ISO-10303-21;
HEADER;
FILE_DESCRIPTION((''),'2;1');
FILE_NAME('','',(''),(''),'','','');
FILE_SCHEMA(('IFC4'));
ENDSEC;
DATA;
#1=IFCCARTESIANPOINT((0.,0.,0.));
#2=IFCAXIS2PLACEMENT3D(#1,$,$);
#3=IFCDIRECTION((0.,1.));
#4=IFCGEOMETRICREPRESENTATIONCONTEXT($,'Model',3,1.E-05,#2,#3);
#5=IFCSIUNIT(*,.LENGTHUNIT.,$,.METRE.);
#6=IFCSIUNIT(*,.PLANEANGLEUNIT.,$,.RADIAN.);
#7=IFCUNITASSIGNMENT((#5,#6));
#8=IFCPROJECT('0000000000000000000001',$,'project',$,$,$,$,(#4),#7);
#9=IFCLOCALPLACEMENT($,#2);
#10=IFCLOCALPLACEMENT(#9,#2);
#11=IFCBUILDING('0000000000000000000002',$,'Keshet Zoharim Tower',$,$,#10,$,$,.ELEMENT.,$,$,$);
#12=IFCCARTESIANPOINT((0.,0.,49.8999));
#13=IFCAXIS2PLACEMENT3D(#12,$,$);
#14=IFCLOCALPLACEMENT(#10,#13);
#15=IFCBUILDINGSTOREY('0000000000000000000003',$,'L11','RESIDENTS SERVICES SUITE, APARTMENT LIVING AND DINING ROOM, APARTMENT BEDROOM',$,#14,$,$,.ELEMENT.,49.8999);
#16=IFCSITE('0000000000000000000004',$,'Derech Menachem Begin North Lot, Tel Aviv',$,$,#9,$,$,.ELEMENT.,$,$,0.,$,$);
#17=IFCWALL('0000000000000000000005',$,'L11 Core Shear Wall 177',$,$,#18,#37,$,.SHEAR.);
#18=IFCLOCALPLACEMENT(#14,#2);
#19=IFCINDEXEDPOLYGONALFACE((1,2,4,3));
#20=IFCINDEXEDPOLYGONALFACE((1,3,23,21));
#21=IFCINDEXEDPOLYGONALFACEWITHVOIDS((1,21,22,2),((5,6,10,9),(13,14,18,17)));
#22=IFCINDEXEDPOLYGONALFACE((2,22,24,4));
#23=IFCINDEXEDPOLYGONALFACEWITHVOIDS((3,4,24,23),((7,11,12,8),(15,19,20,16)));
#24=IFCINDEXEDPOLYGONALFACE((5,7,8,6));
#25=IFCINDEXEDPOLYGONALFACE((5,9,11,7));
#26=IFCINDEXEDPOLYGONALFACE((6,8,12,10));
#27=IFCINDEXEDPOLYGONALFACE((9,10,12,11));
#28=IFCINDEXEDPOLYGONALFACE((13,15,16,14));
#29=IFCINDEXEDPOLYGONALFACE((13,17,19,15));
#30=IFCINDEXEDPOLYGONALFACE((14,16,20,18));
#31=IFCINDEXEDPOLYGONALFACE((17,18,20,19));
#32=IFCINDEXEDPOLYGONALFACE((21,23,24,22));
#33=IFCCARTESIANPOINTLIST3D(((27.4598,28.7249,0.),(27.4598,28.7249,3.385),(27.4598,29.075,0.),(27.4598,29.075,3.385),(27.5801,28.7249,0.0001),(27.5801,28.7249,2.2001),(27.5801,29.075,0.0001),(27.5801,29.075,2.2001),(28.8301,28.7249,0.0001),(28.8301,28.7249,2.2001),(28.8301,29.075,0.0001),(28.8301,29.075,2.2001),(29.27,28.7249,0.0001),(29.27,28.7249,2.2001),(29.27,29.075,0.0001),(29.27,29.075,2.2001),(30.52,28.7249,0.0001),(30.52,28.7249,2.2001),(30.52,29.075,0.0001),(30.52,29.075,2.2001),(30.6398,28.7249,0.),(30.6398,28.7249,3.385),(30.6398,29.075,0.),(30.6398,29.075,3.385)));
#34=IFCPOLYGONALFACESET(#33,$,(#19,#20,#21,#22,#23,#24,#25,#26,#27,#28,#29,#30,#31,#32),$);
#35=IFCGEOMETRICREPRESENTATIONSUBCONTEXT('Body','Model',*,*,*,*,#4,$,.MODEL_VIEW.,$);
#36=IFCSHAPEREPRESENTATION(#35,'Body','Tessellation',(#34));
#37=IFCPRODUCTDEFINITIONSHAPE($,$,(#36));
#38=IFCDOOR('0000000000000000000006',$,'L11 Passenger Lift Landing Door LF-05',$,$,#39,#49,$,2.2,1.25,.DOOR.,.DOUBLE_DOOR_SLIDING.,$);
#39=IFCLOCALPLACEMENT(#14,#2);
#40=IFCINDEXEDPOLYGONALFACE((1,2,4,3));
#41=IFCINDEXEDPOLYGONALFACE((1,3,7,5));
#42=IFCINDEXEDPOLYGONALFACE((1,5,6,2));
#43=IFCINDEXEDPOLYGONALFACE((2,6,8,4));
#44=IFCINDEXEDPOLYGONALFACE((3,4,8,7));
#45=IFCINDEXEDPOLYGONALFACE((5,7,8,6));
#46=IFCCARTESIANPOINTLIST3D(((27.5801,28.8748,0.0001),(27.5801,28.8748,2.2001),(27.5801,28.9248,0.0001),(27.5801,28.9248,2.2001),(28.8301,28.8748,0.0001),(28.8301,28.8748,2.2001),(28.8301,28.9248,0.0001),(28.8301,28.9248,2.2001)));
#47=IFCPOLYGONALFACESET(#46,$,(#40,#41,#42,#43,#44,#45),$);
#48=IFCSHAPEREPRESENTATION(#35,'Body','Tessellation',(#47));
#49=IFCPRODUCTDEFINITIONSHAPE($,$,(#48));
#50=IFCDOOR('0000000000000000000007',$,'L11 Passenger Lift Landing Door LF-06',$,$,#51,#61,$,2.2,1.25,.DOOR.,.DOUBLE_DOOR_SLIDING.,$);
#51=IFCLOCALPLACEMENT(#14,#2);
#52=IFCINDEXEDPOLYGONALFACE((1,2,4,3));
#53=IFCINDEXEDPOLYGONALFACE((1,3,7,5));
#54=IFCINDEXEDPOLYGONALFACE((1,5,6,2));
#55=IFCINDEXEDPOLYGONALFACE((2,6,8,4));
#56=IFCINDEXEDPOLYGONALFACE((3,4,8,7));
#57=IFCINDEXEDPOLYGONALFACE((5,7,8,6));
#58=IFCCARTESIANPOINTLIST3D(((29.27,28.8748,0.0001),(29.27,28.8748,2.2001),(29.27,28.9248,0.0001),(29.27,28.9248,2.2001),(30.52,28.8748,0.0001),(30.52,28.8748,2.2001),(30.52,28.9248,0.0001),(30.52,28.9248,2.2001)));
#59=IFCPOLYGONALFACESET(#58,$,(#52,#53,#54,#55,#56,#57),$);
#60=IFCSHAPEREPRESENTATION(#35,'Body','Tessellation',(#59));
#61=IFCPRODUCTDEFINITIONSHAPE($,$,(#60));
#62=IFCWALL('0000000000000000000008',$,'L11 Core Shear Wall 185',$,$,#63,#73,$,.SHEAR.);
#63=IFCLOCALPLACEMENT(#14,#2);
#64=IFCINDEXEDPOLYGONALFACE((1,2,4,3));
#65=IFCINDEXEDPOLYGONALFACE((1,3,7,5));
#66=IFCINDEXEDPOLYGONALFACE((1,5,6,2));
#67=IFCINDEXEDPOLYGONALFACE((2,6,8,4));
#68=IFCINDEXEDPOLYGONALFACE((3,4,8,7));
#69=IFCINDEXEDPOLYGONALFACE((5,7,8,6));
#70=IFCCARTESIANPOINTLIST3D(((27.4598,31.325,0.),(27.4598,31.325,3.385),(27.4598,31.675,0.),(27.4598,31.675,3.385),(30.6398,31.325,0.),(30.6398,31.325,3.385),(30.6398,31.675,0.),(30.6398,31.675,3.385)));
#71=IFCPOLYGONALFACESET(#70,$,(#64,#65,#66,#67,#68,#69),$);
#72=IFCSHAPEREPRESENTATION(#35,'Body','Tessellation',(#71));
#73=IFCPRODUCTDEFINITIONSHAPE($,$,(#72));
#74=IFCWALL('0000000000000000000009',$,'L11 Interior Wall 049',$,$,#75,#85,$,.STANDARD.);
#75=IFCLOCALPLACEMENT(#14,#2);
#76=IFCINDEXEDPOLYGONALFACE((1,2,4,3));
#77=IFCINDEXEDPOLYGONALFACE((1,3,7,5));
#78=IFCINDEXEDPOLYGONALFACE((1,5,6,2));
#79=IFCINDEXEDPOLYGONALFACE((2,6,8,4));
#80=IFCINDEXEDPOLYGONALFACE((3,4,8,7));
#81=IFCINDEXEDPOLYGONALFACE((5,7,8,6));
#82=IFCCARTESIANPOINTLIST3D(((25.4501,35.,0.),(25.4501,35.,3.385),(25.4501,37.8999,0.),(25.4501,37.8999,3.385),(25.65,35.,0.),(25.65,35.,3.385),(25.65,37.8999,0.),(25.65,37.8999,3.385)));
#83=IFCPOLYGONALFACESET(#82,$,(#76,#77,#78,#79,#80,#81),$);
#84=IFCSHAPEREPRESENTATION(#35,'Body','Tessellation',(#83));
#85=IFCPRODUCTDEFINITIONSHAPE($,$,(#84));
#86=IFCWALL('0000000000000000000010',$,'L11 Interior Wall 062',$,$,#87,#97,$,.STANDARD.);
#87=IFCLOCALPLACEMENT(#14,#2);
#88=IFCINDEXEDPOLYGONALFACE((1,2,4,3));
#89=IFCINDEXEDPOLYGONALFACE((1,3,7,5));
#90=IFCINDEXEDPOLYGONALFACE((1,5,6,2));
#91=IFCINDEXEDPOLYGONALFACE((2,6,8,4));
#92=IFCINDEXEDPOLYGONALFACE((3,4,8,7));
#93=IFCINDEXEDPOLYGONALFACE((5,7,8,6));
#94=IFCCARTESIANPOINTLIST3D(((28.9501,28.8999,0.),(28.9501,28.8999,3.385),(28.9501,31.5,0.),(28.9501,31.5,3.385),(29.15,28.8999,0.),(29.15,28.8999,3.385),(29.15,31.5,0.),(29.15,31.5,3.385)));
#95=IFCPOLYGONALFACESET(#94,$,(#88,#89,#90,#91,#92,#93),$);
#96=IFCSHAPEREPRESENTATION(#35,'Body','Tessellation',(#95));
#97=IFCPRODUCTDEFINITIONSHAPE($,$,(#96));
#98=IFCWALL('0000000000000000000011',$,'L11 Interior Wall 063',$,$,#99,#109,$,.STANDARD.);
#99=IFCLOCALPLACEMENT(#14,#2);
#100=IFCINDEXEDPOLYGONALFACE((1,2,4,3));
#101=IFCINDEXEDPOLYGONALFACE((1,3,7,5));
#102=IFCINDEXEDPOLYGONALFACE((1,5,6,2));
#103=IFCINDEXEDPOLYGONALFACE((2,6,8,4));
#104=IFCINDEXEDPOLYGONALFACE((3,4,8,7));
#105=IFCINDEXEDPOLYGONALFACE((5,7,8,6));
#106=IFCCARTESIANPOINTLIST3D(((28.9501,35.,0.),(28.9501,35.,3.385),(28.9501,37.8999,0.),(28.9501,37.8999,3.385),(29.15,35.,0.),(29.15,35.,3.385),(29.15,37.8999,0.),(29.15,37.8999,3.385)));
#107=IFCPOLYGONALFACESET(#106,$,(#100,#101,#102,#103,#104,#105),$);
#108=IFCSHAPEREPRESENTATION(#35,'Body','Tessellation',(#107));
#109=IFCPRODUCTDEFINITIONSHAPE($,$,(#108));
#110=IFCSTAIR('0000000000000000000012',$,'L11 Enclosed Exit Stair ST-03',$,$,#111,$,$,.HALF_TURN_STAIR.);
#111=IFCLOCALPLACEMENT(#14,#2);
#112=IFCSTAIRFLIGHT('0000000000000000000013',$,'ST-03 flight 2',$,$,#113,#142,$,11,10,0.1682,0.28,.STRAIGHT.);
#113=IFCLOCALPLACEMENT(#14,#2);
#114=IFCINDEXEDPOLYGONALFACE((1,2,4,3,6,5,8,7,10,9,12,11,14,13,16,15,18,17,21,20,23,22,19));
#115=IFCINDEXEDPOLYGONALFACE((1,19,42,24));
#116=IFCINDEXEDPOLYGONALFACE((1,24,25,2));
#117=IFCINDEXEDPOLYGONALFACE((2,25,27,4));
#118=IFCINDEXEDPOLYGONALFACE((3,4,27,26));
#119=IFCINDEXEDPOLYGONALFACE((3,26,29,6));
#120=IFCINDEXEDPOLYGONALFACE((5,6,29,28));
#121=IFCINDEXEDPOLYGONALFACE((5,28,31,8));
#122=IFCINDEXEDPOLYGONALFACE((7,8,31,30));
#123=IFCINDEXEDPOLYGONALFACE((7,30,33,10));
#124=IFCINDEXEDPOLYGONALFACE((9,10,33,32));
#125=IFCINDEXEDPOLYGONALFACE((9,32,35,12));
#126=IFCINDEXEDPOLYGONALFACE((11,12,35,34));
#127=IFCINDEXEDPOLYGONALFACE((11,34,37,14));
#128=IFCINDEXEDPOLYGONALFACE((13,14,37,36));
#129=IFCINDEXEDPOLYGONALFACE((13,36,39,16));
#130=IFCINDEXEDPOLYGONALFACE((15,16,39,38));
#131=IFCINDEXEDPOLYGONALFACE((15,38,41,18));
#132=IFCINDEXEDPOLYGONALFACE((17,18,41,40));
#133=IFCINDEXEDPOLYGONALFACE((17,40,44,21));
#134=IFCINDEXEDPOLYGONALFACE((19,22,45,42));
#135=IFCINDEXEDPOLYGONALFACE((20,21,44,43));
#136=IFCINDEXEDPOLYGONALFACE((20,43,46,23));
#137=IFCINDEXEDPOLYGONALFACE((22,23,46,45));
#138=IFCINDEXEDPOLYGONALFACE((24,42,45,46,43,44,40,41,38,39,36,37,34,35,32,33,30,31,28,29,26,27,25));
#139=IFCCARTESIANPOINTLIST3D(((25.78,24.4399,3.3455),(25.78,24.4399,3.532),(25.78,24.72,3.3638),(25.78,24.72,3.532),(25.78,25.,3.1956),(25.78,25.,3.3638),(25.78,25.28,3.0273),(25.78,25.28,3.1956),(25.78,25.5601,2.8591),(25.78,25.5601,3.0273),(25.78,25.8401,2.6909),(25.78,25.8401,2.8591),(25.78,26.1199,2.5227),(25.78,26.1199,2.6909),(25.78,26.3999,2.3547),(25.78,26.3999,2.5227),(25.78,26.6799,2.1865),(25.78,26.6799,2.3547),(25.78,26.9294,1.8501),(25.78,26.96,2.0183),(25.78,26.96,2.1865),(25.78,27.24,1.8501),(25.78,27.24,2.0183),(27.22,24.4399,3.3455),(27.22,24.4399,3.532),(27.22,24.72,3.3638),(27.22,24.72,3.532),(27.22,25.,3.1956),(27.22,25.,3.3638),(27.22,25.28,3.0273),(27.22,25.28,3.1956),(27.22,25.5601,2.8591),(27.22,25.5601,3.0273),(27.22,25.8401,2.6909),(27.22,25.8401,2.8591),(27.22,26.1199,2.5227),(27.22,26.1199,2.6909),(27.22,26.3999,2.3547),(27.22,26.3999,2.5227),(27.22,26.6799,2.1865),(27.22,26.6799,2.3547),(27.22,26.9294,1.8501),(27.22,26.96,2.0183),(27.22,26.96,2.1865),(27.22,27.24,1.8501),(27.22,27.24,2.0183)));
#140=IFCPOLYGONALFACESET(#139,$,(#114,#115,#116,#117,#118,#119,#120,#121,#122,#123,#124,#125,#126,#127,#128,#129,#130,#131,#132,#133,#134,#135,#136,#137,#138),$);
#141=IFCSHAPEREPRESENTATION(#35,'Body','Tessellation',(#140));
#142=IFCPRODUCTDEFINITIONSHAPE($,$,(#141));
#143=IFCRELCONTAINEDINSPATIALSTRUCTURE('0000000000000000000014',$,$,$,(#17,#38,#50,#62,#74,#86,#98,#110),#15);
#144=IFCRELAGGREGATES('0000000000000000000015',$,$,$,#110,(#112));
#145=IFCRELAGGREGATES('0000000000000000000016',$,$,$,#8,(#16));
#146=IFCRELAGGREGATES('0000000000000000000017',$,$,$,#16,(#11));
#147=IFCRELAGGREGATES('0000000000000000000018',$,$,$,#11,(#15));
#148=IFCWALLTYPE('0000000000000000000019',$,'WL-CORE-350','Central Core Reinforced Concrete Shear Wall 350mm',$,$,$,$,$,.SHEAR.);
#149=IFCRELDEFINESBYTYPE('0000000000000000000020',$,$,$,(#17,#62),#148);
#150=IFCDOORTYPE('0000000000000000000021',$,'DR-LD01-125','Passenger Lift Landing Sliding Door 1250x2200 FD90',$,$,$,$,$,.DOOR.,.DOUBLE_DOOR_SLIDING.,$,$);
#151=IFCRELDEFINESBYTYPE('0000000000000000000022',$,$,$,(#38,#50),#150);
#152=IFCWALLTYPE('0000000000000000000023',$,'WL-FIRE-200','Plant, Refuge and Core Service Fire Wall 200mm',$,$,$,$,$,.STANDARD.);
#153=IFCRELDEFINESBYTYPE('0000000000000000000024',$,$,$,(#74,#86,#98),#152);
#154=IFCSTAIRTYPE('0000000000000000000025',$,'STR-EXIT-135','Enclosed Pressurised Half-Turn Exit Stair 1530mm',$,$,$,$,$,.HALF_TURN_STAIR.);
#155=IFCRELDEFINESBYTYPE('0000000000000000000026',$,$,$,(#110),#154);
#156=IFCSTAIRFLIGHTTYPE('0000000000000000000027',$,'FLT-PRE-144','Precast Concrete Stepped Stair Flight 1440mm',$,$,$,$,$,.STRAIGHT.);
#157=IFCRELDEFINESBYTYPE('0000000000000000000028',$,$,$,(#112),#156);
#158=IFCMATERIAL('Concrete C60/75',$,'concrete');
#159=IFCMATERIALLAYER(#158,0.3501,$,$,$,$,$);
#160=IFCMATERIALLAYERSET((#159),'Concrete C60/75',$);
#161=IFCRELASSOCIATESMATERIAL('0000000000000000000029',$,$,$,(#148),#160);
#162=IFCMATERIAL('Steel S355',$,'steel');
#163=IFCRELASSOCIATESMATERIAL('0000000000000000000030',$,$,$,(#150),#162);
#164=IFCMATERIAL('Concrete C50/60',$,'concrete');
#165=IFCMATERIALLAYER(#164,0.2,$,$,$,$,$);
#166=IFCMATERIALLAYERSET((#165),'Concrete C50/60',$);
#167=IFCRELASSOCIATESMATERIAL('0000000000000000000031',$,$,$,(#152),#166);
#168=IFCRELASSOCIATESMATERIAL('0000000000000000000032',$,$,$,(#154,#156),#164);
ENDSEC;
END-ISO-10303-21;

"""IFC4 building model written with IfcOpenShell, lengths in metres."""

from ifc_helpers import new_model, si_unit, direction, frame, frame_2d, origin, place, context, subcontext, project, spatial, polyline, rectangle, outline, extrude, material, layer, layer_set, type_object, element, fill, aggregate, save


model = new_model("IFC4")

# Units and contexts
model_context = context("Model", 3, precision=1e-05, world=origin(), true_north=direction((0.0, 1.0)))
body_context = subcontext(model_context, "Body", "Model", "MODEL_VIEW")
ifc_project = project(units=[si_unit("LENGTHUNIT", "METRE"), si_unit("PLANEANGLEUNIT", "RADIAN")], contexts=[model_context])

# Site, building, storey
site_placement = place(None, origin())
site = spatial("IfcSite", under=ifc_project, at=site_placement, Name="Derech Menachem Begin North Lot, Tel Aviv", CompositionType="ELEMENT", RefElevation=0.0)
building_placement = place(site_placement, origin())
building = spatial("IfcBuilding", under=site, at=building_placement, Name="Keshet Zoharim Tower", CompositionType="ELEMENT")
storey_placement = place(building_placement, frame((0.0, 0.0, 49.8999)))
storey = spatial("IfcBuildingStorey", under=building, at=storey_placement, Name="L11", Description="RESIDENTS SERVICES SUITE, APARTMENT LIVING AND DINING ROOM, APARTMENT BEDROOM", CompositionType="ELEMENT", Elevation=49.8999)

# Shared definitions
ifc_material_1 = material(Name="Concrete C60/75", Category="concrete")

# Shared definitions
ifc_material_2 = material(Name="Steel S355", Category="steel")

# Shared definitions
ifc_layer_1 = layer(ifc_material_1, 0.3501)
ifc_layer_set_1 = layer_set([ifc_layer_1], Name="Concrete C60/75")
wall_type_1 = type_object("IfcWallType", Name="WL-CORE-350", Description="Central Core Reinforced Concrete Shear Wall 350mm", PredefinedType="SHEAR", material=ifc_layer_set_1)

# Wall, openings, doors
wall_1_placement = place(storey_placement, frame((27.46, 28.8999, 0.0), z_axis=(0.0, 0.0, 1.0), x_axis=(1.0, 0.0, 0.0)))
wall_1 = element("IfcWall", 1, at=wall_1_placement, inside=storey, type_object=wall_type_1, Name="L11 Core Shear Wall 177", PredefinedType="SHEAR", context=body_context, shape_type="SweptSolid", body=[
    extrude(rectangle(XDim=3.1799, YDim=0.3501, at=frame_2d((1.5898, 0.0))), origin(), (0.0, 0.0, 1.0), 3.385),
])
opening_1_placement = place(wall_1_placement, frame((0.1201, 0.0, 0.0)))
opening_1 = element("IfcOpeningElement", 2, at=opening_1_placement, cuts=wall_1, PredefinedType="OPENING", context=body_context, shape_type="SweptSolid", body=[
    extrude(rectangle(XDim=1.25, YDim=2.2, at=frame_2d((0.625, 1.1001))), frame((0.0, 0.1851, 0.0), z_axis=(0.0, -1.0, 0.0), x_axis=(1.0, 0.0, 0.0)), (0.0, 0.0, 1.0), 0.3701),
])
opening_2_placement = place(wall_1_placement, frame((1.8101, 0.0, 0.0)))
opening_2 = element("IfcOpeningElement", 3, at=opening_2_placement, cuts=wall_1, PredefinedType="OPENING", context=body_context, shape_type="SweptSolid", body=[
    extrude(rectangle(XDim=1.25, YDim=2.2, at=frame_2d((0.625, 1.1001))), frame((0.0, 0.1851, 0.0), z_axis=(0.0, -1.0, 0.0), x_axis=(1.0, 0.0, 0.0)), (0.0, 0.0, 1.0), 0.3701),
])
door_type_1 = type_object("IfcDoorType", Name="DR-LD01-125", Description="Passenger Lift Landing Sliding Door 1250x2200 FD90", OperationType="DOUBLE_DOOR_SLIDING", PredefinedType="DOOR", material=ifc_material_2)
door_1_placement = place(opening_1_placement, origin())
door_1 = element("IfcDoor", 4, at=door_1_placement, inside=storey, type_object=door_type_1, Name="L11 Passenger Lift Landing Door LF-05", OperationType="DOUBLE_DOOR_SLIDING", OverallHeight=2.2, OverallWidth=1.25, PredefinedType="DOOR", context=body_context, shape_type="SweptSolid", body=[
    extrude(rectangle(XDim=1.25, YDim=2.2, at=frame_2d((0.625, 1.1001))), frame((0.0, 0.0249, 0.0), z_axis=(0.0, -1.0, 0.0), x_axis=(1.0, 0.0, 0.0)), (0.0, 0.0, 1.0), 0.05),
])
fill(opening_1, door_1)
door_2_placement = place(opening_2_placement, origin())
door_2 = element("IfcDoor", 5, at=door_2_placement, inside=storey, type_object=door_type_1, Name="L11 Passenger Lift Landing Door LF-06", OperationType="DOUBLE_DOOR_SLIDING", OverallHeight=2.2, OverallWidth=1.25, PredefinedType="DOOR", context=body_context, shape_type="SweptSolid", body=[
    extrude(rectangle(XDim=1.25, YDim=2.2, at=frame_2d((0.625, 1.1001))), frame((0.0, 0.0249, 0.0), z_axis=(0.0, -1.0, 0.0), x_axis=(1.0, 0.0, 0.0)), (0.0, 0.0, 1.0), 0.05),
])
fill(opening_2, door_2)

# Walls
wall_2_placement = place(storey_placement, frame((27.46, 31.5, 0.0), z_axis=(0.0, 0.0, 1.0), x_axis=(1.0, 0.0, 0.0)))
element("IfcWall", 6, at=wall_2_placement, inside=storey, type_object=wall_type_1, Name="L11 Core Shear Wall 185", PredefinedType="SHEAR", context=body_context, shape_type="SweptSolid", body=[
    extrude(rectangle(XDim=3.1799, YDim=0.3501, at=frame_2d((1.5898, 0.0))), origin(), (0.0, 0.0, 1.0), 3.385),
])
ifc_material_3 = material(Name="Concrete C50/60", Category="concrete")
ifc_layer_2 = layer(ifc_material_3, 0.2)
ifc_layer_set_2 = layer_set([ifc_layer_2], Name="Concrete C50/60")
wall_type_2 = type_object("IfcWallType", Name="WL-FIRE-200", Description="Plant, Refuge and Core Service Fire Wall 200mm", PredefinedType="STANDARD", material=ifc_layer_set_2)
wall_3_placement = place(storey_placement, frame((25.55, 35.0, 0.0), z_axis=(0.0, 0.0, 1.0), x_axis=(0.0, 1.0, 0.0)))
element("IfcWall", 7, at=wall_3_placement, inside=storey, type_object=wall_type_2, Name="L11 Interior Wall 049", PredefinedType="STANDARD", context=body_context, shape_type="SweptSolid", body=[
    extrude(rectangle(XDim=2.8999, YDim=0.2, at=frame_2d((1.45, 0.0))), origin(), (0.0, 0.0, 1.0), 3.385),
])
wall_4_placement = place(storey_placement, frame((29.05, 28.8999, 0.0), z_axis=(0.0, 0.0, 1.0), x_axis=(0.0, 1.0, 0.0)))
element("IfcWall", 8, at=wall_4_placement, inside=storey, type_object=wall_type_2, Name="L11 Interior Wall 062", PredefinedType="STANDARD", context=body_context, shape_type="SweptSolid", body=[
    extrude(rectangle(XDim=2.6001, YDim=0.2, at=frame_2d((1.3, 0.0))), origin(), (0.0, 0.0, 1.0), 3.385),
])
wall_5_placement = place(storey_placement, frame((29.05, 35.0, 0.0), z_axis=(0.0, 0.0, 1.0), x_axis=(0.0, 1.0, 0.0)))
element("IfcWall", 9, at=wall_5_placement, inside=storey, type_object=wall_type_2, Name="L11 Interior Wall 063", PredefinedType="STANDARD", context=body_context, shape_type="SweptSolid", body=[
    extrude(rectangle(XDim=2.8999, YDim=0.2, at=frame_2d((1.45, 0.0))), origin(), (0.0, 0.0, 1.0), 3.385),
])

# Stair, stair flight
stair_type = type_object("IfcStairType", Name="STR-EXIT-135", Description="Enclosed Pressurised Half-Turn Exit Stair 1530mm", PredefinedType="HALF_TURN_STAIR", material=ifc_material_3)
stair_placement = place(storey_placement, origin())
stair = element("IfcStair", 10, at=stair_placement, inside=storey, type_object=stair_type, Name="L11 Enclosed Exit Stair ST-03", PredefinedType="HALF_TURN_STAIR")
stair_flight_type = type_object("IfcStairFlightType", Name="FLT-PRE-144", Description="Precast Concrete Stepped Stair Flight 1440mm", PredefinedType="STRAIGHT", material=ifc_material_3)
stair_flight_placement = place(storey_placement, frame((26.5, 27.24, 1.8501), z_axis=(0.0, 0.0, 1.0), x_axis=(0.0, -1.0, 0.0)))
stair_flight = element("IfcStairFlight", 11, at=stair_flight_placement, type_object=stair_flight_type, Name="ST-03 flight 2", NumberOfRisers=11, NumberOfTreads=10, PredefinedType="STRAIGHT", RiserHeight=0.1682, TreadLength=0.28, context=body_context, shape_type="SweptSolid", body=[
    extrude(outline(polyline([(0.0, 0.0), (0.0, 0.1682), (0.28, 0.1682), (0.28, 0.3364), (0.5601, 0.3364), (0.5601, 0.5046), (0.8401, 0.5046), (0.8401, 0.6726), (1.1201, 0.6726), (1.1201, 0.8408), (1.3999, 0.8408), (1.3999, 1.009), (1.6799, 1.009), (1.6799, 1.1772), (1.96, 1.1772), (1.96, 1.3455), (2.24, 1.3455), (2.24, 1.5137), (2.52, 1.5137), (2.52, 1.6819), (2.8, 1.6819), (2.8, 1.8501), (2.8, 1.4954), (0.3105, 0.0), (0.0, 0.0)])), frame((0.0, 0.72, 0.0), z_axis=(0.0, -1.0, 0.0), x_axis=(1.0, 0.0, 0.0)), (0.0, 0.0, 1.0), 1.4399),
])
aggregate(stair, [stair_flight])

save(model, "model.ifc")
